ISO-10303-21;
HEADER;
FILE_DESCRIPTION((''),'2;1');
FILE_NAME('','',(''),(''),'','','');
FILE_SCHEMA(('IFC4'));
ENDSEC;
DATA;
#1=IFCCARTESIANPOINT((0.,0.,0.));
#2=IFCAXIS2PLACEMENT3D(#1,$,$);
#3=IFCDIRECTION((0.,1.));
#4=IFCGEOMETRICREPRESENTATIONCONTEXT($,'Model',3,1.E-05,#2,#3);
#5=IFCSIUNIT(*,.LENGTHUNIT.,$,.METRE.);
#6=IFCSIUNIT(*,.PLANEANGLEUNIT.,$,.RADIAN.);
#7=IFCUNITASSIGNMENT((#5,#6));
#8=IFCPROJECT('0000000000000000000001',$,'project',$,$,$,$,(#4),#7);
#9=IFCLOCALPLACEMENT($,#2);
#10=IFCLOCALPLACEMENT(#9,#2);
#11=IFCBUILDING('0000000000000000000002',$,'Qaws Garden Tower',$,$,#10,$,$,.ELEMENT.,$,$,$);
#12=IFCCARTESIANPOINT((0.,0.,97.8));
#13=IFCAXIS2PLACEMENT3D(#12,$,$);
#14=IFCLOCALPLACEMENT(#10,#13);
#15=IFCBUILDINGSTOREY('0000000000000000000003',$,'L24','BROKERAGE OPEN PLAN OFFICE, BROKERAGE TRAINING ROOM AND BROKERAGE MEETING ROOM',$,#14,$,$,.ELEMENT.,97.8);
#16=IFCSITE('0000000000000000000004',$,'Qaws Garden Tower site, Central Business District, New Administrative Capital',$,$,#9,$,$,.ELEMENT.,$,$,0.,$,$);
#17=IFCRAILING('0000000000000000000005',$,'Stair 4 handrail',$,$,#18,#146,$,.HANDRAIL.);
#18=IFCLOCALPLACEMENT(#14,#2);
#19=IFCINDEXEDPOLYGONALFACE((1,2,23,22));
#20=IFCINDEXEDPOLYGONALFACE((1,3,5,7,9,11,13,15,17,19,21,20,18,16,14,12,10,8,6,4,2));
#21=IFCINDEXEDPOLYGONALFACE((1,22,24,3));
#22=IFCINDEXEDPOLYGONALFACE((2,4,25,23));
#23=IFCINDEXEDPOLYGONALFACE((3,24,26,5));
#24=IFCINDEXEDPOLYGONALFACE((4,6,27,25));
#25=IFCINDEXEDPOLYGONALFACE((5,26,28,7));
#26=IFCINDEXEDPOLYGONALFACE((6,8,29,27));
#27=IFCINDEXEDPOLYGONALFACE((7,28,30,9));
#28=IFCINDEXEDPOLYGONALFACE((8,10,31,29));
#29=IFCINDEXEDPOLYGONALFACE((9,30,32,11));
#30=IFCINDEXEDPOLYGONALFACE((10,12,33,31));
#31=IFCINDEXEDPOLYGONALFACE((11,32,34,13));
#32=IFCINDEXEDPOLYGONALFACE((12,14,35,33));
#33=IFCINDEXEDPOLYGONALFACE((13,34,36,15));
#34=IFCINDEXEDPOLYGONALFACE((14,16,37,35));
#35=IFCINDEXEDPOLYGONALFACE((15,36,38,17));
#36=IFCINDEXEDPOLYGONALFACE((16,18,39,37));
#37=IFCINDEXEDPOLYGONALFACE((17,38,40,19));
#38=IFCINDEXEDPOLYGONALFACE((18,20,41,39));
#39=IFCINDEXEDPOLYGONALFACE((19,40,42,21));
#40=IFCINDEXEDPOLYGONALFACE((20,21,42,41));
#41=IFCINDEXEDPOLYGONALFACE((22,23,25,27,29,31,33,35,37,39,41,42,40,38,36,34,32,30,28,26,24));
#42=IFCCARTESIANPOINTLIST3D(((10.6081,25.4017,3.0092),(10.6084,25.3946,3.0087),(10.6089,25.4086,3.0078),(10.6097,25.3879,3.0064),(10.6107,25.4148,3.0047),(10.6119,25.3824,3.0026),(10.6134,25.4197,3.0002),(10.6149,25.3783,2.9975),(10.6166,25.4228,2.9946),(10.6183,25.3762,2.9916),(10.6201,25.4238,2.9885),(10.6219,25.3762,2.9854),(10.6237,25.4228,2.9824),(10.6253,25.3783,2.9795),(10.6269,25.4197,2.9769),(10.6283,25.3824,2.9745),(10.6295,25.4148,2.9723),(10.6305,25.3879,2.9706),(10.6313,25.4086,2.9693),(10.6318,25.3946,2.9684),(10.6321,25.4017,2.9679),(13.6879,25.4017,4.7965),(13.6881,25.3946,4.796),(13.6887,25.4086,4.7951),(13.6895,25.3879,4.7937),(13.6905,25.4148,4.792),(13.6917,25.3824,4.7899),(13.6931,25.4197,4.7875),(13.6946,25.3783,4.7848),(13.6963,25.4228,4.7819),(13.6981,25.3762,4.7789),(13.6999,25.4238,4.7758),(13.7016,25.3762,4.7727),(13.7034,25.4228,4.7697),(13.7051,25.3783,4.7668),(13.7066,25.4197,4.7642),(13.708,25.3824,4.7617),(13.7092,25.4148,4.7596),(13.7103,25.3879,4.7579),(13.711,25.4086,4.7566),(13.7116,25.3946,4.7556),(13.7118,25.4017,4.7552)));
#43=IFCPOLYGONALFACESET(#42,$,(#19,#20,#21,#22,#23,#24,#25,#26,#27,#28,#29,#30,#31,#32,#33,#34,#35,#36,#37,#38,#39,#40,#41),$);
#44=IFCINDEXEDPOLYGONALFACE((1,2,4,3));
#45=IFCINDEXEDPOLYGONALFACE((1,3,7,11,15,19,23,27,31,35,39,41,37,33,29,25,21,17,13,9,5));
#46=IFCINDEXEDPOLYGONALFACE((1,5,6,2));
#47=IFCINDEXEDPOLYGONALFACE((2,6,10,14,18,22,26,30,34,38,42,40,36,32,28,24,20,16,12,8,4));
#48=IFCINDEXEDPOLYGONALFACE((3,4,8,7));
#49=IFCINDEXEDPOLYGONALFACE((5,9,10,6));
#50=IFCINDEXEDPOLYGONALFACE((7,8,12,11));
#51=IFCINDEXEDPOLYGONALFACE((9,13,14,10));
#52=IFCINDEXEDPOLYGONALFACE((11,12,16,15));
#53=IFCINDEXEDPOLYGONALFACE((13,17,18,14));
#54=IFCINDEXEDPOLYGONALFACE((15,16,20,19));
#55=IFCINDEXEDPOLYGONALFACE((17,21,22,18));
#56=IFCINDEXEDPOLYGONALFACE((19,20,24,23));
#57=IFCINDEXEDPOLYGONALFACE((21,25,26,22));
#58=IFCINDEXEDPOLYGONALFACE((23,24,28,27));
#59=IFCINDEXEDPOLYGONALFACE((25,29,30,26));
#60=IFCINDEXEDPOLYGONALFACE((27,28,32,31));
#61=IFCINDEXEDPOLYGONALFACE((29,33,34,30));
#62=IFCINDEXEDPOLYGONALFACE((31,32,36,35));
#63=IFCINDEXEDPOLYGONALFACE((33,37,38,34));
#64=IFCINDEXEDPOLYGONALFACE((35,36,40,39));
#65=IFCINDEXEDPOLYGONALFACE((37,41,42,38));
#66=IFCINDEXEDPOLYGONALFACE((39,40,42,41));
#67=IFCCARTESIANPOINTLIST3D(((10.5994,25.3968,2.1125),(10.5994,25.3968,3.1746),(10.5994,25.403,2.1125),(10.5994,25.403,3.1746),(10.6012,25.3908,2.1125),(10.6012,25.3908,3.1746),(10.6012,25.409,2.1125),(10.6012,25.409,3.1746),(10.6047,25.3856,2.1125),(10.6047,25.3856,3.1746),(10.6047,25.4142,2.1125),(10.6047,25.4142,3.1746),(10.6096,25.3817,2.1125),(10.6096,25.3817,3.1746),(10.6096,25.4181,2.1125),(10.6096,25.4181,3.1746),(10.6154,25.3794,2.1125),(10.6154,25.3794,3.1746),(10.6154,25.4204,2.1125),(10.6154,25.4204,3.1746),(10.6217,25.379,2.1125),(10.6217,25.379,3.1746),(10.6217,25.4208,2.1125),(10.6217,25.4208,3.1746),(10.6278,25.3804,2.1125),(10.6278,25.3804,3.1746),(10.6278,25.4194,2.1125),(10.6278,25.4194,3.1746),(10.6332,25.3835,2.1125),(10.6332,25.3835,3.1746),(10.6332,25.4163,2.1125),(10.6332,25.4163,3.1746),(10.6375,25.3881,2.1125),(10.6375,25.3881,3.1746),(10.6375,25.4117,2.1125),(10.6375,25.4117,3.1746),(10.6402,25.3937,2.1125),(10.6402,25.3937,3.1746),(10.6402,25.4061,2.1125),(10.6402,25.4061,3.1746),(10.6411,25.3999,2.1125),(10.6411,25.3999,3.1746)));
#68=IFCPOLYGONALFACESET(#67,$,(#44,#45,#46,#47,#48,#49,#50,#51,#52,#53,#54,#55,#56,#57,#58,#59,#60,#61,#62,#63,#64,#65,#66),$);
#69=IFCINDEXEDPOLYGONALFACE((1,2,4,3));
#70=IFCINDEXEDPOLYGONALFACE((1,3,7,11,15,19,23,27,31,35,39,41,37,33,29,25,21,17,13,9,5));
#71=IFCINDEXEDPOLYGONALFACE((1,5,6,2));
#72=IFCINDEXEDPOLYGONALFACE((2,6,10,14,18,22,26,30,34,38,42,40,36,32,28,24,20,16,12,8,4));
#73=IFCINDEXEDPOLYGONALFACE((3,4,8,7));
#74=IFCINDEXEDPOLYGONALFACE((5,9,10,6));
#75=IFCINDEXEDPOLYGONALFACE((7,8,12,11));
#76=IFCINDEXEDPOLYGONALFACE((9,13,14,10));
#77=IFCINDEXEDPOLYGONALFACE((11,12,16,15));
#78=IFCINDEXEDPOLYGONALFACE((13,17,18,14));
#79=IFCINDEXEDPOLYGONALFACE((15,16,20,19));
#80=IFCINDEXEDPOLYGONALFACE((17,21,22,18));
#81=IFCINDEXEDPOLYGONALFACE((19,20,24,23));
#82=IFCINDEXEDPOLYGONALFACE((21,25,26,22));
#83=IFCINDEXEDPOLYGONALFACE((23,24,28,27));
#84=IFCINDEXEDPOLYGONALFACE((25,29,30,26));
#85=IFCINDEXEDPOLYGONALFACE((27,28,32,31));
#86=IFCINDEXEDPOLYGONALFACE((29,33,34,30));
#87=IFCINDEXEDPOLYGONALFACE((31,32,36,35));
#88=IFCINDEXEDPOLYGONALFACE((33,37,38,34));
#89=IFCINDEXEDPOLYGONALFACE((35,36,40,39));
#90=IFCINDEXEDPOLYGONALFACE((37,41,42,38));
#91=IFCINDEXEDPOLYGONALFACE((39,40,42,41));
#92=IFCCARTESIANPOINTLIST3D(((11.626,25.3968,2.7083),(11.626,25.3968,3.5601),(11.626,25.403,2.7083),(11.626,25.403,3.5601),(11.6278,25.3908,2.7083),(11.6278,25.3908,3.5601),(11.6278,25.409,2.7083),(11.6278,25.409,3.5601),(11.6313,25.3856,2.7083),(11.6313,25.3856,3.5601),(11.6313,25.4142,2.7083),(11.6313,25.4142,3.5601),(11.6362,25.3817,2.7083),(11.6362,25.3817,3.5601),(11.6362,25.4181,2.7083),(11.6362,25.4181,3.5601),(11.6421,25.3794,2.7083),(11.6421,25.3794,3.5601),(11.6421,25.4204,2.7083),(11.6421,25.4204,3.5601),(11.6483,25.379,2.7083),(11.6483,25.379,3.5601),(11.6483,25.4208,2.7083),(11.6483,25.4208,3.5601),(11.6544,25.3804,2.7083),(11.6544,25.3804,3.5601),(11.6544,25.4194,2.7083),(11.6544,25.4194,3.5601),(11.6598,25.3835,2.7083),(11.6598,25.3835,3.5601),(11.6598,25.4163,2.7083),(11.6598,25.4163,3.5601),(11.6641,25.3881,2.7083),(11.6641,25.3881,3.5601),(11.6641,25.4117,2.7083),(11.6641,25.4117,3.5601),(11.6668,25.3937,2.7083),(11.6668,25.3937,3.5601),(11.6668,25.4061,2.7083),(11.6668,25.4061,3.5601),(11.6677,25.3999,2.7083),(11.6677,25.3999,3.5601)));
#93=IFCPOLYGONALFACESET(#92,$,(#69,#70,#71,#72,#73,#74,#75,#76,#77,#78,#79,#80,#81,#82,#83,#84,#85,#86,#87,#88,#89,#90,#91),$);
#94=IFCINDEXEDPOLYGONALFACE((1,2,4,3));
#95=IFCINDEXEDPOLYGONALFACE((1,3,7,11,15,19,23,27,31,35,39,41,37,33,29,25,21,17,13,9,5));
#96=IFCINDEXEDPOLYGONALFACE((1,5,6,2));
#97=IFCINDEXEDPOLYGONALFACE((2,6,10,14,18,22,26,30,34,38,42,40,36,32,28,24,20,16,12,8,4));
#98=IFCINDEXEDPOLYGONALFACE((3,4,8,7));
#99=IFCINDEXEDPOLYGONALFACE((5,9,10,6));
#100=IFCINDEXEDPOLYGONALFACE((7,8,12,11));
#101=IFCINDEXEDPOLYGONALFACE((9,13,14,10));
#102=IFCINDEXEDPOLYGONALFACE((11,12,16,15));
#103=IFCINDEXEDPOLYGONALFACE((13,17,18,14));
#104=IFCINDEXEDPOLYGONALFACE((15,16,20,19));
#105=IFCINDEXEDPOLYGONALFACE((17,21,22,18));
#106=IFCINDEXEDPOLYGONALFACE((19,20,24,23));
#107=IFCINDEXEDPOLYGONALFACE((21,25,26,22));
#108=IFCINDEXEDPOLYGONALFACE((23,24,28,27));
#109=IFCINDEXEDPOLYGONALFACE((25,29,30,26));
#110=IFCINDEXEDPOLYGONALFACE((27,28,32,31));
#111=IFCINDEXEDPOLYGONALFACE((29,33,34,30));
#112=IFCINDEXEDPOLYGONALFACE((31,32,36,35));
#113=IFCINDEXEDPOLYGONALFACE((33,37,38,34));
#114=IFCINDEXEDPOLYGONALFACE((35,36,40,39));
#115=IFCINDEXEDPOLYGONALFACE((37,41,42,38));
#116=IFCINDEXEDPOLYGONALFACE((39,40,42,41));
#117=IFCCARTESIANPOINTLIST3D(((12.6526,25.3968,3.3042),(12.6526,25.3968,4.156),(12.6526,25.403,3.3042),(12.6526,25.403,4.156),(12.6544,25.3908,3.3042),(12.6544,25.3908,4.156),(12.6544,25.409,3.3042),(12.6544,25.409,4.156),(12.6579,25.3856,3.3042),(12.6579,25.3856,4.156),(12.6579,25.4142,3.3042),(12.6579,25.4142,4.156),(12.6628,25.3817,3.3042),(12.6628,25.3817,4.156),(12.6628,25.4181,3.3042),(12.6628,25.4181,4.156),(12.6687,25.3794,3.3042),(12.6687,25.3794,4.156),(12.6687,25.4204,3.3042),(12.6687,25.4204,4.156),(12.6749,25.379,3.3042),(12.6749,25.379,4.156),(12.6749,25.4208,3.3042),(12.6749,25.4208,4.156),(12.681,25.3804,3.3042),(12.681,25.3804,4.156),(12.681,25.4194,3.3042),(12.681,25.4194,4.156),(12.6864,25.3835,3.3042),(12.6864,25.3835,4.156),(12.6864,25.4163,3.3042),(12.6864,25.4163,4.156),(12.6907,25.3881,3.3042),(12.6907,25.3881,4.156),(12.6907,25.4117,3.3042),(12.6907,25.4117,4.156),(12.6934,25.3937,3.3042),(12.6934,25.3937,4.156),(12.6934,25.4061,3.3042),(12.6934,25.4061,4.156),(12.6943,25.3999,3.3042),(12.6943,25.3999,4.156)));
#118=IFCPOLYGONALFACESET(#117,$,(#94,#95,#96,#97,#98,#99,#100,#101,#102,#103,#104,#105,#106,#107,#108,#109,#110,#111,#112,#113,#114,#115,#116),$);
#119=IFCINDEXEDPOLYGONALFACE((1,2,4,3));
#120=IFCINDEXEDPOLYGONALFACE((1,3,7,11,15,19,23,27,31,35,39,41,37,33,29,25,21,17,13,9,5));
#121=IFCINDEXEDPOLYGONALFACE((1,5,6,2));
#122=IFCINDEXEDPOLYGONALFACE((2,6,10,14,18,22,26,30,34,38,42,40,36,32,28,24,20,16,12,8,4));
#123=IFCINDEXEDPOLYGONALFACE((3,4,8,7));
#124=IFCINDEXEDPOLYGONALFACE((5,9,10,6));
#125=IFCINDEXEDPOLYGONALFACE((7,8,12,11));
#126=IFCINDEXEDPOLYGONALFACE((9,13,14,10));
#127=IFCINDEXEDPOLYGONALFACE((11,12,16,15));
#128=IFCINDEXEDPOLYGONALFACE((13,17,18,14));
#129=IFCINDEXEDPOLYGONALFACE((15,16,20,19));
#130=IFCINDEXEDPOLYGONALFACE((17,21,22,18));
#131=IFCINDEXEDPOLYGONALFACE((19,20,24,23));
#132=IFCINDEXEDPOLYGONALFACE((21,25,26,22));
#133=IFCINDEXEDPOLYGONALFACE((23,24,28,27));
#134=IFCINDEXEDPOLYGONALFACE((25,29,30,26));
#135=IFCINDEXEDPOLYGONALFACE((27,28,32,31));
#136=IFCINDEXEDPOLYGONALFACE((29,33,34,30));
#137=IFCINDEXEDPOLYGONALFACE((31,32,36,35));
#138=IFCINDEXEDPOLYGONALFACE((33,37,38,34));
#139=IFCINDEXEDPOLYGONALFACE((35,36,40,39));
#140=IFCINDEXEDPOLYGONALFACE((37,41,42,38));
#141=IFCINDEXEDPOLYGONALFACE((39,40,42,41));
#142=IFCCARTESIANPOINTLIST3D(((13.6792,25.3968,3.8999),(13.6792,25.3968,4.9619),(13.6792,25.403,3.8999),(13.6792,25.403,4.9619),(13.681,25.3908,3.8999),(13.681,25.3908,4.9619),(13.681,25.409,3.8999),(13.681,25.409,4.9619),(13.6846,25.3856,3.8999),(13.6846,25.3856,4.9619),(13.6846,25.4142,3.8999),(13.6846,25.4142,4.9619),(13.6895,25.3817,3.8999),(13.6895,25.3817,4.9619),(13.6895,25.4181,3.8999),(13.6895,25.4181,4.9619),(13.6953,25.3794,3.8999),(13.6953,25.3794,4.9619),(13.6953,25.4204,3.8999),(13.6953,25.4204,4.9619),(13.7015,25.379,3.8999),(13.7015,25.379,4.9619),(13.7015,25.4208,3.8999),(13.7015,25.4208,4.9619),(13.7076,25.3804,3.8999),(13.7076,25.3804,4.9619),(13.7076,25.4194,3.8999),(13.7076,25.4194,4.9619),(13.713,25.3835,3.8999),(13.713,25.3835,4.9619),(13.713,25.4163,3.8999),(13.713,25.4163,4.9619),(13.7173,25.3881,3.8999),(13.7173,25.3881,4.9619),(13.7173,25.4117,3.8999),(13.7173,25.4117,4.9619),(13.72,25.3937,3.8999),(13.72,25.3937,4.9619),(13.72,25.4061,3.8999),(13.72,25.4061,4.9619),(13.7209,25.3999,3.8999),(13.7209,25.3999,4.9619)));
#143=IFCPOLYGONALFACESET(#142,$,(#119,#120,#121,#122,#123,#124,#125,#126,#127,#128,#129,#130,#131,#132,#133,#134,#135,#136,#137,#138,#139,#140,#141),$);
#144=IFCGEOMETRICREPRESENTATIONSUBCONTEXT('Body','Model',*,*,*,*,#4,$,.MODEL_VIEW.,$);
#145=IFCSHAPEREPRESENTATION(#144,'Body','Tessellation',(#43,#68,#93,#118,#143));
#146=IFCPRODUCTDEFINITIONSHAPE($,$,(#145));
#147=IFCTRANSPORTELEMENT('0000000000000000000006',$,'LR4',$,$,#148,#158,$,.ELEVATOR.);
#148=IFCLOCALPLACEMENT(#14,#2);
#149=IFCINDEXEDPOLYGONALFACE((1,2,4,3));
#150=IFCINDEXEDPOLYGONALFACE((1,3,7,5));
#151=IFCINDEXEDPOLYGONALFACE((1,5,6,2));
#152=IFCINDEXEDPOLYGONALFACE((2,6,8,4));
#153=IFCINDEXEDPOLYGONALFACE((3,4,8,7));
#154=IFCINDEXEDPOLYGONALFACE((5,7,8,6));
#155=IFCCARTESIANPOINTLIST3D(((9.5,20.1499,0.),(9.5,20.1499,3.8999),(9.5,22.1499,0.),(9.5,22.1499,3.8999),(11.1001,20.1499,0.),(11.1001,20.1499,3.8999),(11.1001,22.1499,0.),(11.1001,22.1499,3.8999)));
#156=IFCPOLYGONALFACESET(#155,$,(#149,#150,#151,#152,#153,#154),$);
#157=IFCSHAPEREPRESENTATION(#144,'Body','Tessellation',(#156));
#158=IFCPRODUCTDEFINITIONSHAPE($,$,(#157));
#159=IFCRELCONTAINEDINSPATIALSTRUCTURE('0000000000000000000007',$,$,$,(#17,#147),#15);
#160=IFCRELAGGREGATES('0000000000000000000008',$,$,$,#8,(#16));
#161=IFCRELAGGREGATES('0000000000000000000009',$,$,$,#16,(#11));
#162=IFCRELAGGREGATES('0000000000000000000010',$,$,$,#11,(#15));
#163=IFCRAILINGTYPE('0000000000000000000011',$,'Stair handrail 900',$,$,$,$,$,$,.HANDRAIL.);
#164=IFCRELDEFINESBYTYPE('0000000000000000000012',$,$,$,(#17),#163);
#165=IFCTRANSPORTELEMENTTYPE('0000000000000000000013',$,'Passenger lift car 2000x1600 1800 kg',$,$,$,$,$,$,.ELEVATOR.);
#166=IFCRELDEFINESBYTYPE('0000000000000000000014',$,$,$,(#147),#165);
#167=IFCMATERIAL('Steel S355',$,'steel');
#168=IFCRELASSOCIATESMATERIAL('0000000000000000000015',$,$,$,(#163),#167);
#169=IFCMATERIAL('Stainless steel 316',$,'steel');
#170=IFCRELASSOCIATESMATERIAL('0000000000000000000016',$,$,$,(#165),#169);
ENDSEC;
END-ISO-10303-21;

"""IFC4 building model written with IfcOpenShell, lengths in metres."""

from ifc_helpers import new_model, si_unit, direction, frame, origin, origin_2d, place, context, subcontext, project, spatial, rectangle, circle, extrude, material, type_object, element, save


model = new_model("IFC4")

# Units and contexts
model_context = context("Model", 3, precision=1e-05, world=origin(), true_north=direction((0.0, 1.0)))
body_context = subcontext(model_context, "Body", "Model", "MODEL_VIEW")
ifc_project = project(units=[si_unit("LENGTHUNIT", "METRE"), si_unit("PLANEANGLEUNIT", "RADIAN")], contexts=[model_context])

# Site, building, storey
site_placement = place(None, origin())
site = spatial("IfcSite", under=ifc_project, at=site_placement, Name="Qaws Garden Tower site, Central Business District, New Administrative Capital", CompositionType="ELEMENT", RefElevation=0.0)
building_placement = place(site_placement, origin())
building = spatial("IfcBuilding", under=site, at=building_placement, Name="Qaws Garden Tower", CompositionType="ELEMENT")
storey_placement = place(building_placement, frame((0.0, 0.0, 97.8)))
storey = spatial("IfcBuildingStorey", under=building, at=storey_placement, Name="L24", Description="BROKERAGE OPEN PLAN OFFICE, BROKERAGE TRAINING ROOM AND BROKERAGE MEETING ROOM", CompositionType="ELEMENT", Elevation=97.8)

# Railing
ifc_material_1 = material(Name="Steel S355", Category="steel")
railing_type = type_object("IfcRailingType", Name="Stair handrail 900", PredefinedType="HANDRAIL", material=ifc_material_1)
railing_1_placement = place(storey_placement, frame((10.6201, 25.3999, 2.1125)))
element("IfcRailing", 1, at=railing_1_placement, inside=storey, type_object=railing_type, Name="Stair 4 handrail", PredefinedType="HANDRAIL", context=body_context, shape_type="SweptSolid", body=[
    extrude(circle(Radius=0.0239, at=origin_2d()), frame((0.0, 0.0, 0.876), z_axis=(0.864903, 0.0, 0.501939), x_axis=(0.0, 1.0, 0.0)), (0.0, 0.0, 1.0), 3.5608),
    extrude(circle(Radius=0.021, at=origin_2d()), origin(), (0.0, 0.0, 1.0), 1.062),
    extrude(circle(Radius=0.021, at=origin_2d()), frame((1.0266, 0.0, 0.5957)), (0.0, 0.0, 1.0), 0.8518),
    extrude(circle(Radius=0.021, at=origin_2d()), frame((2.0532, 0.0, 1.1917)), (0.0, 0.0, 1.0), 0.8518),
    extrude(circle(Radius=0.021, at=origin_2d()), frame((3.0798, 0.0, 1.7874)), (0.0, 0.0, 1.0), 1.062),
])

# Transport element
ifc_material_2 = material(Name="Stainless steel 316", Category="steel")
transport_element_type = type_object("IfcTransportElementType", Name="Passenger lift car 2000x1600 1800 kg", PredefinedType="ELEVATOR", material=ifc_material_2)
transport_element_placement = place(storey_placement, frame((10.3, 21.1499, 0.0), z_axis=(0.0, 0.0, 1.0), x_axis=(1.0, 0.0, 0.0)))
element("IfcTransportElement", 2, at=transport_element_placement, inside=storey, type_object=transport_element_type, Name="LR4", PredefinedType="ELEVATOR", context=body_context, shape_type="SweptSolid", body=[
    extrude(rectangle(XDim=1.6001, YDim=2.0, at=origin_2d()), origin(), (0.0, 0.0, 1.0), 3.8999),
])

save(model, "model.ifc")
